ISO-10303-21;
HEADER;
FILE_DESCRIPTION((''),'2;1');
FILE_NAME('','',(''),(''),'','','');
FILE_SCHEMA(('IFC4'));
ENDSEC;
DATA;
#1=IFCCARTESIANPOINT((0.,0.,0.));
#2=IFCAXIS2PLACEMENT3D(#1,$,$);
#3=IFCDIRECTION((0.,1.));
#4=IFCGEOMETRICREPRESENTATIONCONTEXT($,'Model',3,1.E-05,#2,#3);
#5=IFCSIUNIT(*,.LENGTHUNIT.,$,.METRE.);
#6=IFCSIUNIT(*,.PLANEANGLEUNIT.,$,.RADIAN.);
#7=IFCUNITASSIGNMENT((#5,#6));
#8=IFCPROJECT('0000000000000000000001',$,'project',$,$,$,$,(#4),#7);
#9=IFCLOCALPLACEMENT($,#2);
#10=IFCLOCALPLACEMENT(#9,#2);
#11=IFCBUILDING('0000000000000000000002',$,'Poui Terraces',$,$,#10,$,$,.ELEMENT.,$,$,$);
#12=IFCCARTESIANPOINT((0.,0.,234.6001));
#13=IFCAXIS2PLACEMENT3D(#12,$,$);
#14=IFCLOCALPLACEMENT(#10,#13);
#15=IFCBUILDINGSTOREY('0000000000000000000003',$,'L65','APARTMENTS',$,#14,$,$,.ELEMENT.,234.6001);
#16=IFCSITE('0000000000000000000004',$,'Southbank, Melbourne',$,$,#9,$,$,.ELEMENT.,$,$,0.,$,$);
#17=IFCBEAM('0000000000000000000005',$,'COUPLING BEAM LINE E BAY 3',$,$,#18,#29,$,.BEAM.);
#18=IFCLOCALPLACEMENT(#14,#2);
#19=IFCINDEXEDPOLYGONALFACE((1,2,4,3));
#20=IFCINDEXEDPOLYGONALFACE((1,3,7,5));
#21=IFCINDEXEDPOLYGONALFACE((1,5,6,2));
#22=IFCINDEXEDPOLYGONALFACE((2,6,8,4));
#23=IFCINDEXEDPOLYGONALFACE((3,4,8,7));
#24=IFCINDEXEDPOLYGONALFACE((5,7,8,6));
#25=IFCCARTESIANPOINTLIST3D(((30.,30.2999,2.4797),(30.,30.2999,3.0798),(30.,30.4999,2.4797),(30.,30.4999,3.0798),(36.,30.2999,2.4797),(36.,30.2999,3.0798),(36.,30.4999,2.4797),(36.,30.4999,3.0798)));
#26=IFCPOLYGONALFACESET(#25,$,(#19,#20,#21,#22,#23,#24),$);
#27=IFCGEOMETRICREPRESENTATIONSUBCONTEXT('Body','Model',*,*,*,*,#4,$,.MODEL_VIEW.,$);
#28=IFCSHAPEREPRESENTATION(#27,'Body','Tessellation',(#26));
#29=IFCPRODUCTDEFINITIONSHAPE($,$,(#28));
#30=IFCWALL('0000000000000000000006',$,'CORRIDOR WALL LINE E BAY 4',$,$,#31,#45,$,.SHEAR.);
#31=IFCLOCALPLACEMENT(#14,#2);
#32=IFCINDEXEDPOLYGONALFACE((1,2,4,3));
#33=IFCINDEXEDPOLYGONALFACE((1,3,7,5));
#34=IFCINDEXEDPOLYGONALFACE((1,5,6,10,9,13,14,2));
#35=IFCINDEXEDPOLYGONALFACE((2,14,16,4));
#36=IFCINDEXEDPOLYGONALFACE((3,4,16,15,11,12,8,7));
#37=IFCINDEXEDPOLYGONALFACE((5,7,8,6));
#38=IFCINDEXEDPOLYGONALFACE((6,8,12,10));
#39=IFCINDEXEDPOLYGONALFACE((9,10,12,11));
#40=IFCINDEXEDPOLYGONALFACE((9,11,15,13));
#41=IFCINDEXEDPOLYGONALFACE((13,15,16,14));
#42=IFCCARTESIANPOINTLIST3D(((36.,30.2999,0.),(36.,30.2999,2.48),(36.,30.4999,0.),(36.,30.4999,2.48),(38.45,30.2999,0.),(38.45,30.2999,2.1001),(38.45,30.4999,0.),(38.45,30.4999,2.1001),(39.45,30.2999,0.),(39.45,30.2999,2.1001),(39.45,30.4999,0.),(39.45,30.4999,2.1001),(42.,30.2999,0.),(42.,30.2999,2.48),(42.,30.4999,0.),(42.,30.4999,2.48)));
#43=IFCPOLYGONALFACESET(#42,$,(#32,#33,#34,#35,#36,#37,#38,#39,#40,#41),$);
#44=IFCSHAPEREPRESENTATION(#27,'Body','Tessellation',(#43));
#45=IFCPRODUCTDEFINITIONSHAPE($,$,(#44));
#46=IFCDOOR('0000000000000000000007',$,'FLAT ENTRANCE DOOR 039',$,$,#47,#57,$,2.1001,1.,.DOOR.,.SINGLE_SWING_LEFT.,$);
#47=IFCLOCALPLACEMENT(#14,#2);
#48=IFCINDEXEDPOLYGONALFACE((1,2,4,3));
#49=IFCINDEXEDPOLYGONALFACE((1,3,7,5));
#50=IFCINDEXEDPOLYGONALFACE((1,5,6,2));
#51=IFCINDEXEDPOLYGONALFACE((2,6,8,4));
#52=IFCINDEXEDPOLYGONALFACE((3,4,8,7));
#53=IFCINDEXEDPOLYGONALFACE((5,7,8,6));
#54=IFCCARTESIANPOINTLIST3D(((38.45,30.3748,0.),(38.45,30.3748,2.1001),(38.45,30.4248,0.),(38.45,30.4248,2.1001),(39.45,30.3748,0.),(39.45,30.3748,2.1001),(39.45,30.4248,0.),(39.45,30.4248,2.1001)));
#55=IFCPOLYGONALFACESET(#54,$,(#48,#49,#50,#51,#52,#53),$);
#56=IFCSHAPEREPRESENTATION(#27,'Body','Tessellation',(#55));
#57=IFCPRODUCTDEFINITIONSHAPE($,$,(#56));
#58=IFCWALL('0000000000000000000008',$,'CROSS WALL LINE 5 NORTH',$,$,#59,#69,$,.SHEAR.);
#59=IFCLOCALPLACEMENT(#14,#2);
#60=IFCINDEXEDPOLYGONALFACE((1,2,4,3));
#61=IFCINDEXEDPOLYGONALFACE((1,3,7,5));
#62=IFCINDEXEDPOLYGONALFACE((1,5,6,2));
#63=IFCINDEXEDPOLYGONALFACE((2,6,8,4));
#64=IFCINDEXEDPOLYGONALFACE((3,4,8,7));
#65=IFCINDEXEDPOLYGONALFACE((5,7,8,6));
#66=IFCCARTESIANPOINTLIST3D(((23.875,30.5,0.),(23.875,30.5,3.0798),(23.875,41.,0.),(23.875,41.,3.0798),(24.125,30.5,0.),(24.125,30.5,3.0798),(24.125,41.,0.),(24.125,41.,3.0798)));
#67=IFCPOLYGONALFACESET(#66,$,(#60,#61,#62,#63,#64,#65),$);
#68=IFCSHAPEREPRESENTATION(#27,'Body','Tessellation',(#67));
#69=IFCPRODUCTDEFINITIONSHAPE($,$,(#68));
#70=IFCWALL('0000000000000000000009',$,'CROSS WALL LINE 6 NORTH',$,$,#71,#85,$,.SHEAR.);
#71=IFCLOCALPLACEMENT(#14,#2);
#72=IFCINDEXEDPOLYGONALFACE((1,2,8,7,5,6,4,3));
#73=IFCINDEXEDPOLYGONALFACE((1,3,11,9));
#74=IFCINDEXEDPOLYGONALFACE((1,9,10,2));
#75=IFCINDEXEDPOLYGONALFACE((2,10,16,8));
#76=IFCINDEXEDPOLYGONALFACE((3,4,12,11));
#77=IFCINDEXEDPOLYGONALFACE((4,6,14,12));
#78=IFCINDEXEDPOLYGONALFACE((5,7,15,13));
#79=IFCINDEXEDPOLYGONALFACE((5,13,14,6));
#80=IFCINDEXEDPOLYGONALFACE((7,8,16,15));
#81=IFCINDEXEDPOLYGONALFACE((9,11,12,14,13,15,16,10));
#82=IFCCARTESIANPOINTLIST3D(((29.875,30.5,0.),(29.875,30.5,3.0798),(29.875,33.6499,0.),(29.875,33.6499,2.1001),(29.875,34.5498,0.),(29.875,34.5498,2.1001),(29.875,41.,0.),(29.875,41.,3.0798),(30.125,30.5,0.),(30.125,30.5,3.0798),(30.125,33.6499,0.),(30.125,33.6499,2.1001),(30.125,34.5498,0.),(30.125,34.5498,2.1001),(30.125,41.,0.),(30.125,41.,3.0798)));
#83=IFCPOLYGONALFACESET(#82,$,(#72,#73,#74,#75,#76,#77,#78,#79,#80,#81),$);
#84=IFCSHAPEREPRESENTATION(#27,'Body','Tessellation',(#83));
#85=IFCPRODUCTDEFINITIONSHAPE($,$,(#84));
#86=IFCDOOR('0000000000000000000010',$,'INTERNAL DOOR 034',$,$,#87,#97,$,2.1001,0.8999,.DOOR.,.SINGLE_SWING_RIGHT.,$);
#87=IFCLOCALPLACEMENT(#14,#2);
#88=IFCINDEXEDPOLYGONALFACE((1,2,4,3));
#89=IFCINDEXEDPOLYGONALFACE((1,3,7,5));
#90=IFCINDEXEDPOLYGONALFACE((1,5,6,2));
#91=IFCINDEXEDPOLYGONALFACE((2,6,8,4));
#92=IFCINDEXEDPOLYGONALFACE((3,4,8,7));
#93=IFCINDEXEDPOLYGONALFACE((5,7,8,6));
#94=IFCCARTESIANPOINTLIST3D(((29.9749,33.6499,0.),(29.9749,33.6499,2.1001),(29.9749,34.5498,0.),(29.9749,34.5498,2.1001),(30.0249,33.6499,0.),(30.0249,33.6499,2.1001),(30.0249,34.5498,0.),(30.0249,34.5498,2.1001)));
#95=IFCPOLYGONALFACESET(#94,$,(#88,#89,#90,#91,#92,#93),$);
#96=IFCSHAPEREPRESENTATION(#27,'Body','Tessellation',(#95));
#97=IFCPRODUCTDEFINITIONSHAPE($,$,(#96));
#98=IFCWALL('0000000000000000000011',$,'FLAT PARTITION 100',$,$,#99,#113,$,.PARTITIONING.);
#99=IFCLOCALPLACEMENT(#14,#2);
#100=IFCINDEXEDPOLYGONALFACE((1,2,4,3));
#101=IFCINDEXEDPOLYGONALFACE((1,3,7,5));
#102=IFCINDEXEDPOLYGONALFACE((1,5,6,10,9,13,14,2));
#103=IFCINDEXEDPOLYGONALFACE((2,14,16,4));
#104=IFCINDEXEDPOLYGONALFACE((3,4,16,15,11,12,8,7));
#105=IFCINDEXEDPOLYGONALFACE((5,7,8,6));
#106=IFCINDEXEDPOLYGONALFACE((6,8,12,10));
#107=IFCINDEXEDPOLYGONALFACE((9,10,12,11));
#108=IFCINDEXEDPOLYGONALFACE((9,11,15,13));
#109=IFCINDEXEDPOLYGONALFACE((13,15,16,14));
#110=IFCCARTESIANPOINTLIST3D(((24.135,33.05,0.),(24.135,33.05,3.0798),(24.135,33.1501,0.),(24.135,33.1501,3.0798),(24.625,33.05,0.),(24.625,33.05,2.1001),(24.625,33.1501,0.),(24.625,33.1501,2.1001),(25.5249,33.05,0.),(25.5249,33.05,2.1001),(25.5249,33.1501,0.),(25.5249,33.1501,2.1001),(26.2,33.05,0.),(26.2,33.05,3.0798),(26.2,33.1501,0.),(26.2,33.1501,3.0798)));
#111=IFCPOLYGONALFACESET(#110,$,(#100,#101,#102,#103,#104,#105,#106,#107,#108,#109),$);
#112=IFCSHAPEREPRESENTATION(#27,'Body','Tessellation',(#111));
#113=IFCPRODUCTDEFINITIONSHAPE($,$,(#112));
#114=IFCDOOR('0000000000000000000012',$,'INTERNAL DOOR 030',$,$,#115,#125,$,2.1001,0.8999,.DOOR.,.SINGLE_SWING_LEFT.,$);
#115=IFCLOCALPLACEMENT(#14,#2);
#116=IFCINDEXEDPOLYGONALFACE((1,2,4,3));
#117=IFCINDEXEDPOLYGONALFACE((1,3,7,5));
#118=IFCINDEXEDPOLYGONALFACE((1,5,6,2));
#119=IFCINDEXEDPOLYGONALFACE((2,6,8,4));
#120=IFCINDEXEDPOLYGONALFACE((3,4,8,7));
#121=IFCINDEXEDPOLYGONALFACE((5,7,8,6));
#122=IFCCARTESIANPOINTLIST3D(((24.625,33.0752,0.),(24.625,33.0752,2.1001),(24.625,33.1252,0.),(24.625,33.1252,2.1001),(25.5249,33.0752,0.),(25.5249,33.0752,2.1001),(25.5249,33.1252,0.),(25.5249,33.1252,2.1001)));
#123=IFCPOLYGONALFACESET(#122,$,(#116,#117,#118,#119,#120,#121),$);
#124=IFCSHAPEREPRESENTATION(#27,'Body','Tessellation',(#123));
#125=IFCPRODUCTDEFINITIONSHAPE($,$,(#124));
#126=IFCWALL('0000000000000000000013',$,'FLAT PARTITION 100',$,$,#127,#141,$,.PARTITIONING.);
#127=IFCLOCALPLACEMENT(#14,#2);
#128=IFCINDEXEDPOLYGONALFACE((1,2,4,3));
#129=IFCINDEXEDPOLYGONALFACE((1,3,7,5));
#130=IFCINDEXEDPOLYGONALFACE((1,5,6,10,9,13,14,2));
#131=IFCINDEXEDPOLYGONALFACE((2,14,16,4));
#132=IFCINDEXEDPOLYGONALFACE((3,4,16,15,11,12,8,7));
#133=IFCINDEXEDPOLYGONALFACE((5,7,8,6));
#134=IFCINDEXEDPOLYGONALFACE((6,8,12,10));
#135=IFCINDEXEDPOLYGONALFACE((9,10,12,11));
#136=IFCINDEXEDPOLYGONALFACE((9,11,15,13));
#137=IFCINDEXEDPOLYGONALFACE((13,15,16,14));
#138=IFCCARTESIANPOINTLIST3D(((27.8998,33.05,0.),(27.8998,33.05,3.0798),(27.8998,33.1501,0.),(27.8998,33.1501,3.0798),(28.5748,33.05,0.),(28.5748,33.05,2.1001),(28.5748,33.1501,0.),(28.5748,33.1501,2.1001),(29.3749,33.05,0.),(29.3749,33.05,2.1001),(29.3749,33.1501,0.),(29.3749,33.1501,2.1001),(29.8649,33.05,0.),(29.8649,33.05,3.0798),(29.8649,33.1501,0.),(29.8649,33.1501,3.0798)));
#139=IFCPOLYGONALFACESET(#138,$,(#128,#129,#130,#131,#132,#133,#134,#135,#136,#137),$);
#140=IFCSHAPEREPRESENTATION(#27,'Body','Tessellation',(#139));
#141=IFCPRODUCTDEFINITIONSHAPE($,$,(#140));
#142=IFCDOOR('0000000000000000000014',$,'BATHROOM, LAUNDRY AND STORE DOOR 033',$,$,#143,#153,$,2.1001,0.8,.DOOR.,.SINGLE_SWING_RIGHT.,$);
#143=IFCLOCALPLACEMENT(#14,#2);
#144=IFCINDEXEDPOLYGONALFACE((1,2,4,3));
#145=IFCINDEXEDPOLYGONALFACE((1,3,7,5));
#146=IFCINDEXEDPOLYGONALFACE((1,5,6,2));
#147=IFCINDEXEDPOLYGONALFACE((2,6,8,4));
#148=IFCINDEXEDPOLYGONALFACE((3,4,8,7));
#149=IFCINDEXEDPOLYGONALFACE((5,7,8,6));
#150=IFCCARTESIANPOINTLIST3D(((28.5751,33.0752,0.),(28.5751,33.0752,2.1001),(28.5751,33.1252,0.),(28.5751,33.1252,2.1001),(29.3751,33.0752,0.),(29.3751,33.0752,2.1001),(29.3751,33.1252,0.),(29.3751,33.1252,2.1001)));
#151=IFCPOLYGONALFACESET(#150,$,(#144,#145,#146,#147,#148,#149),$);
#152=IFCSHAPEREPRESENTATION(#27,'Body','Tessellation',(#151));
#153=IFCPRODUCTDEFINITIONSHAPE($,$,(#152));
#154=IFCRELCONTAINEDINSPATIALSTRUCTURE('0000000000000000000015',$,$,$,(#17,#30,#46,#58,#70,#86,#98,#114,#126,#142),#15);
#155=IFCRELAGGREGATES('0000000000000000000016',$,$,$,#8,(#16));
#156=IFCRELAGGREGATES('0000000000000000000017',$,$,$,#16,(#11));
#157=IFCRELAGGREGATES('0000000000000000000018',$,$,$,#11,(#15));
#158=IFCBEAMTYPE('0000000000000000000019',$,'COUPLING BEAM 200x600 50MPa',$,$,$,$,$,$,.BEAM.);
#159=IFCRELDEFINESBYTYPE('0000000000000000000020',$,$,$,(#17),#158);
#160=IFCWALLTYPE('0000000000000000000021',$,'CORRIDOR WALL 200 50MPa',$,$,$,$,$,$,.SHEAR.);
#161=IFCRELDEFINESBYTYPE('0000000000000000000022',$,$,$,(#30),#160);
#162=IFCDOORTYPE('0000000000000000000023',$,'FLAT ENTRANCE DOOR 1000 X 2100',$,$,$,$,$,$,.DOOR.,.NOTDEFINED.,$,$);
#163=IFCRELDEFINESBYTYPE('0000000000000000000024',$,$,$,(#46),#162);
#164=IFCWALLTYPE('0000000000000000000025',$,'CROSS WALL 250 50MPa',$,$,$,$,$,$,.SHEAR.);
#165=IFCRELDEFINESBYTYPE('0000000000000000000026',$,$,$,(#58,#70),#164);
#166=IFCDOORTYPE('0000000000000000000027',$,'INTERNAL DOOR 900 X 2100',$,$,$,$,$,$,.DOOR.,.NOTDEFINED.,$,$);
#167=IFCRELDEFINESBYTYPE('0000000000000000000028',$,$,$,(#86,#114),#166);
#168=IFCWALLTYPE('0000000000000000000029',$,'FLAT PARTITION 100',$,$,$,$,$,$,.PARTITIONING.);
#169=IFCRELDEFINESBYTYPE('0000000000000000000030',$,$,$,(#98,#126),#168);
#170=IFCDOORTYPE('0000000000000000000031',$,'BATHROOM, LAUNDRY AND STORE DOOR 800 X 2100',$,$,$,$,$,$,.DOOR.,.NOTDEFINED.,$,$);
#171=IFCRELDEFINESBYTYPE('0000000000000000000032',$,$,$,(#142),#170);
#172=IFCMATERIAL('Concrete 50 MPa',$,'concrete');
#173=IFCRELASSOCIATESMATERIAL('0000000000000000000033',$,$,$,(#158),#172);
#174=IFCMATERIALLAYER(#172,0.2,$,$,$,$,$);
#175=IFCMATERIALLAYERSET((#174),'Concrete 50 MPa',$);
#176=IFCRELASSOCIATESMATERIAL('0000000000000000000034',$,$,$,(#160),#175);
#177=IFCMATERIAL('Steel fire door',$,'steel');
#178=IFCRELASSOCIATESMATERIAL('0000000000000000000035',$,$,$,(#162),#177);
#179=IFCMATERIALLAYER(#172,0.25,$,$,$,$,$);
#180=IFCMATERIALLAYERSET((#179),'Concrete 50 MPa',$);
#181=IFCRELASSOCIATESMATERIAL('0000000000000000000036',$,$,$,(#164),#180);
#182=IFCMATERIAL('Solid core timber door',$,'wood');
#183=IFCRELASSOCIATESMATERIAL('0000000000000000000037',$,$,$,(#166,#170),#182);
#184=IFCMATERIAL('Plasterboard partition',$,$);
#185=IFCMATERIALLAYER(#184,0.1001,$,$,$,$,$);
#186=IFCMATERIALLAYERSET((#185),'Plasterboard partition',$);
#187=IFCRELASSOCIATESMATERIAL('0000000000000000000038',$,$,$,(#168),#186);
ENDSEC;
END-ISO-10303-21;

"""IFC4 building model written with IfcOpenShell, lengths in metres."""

from ifc_helpers import new_model, si_unit, direction, frame, frame_2d, origin, origin_2d, place, context, subcontext, project, spatial, rectangle, extrude, source, transform, mapped, material, layer, layer_set, material_profile, profile_set, type_object, element, fill, save


model = new_model("IFC4")

# Units and contexts
model_context = context("Model", 3, precision=1e-05, world=origin(), true_north=direction((0.0, 1.0)))
body_context = subcontext(model_context, "Body", "Model", "MODEL_VIEW")
ifc_project = project(units=[si_unit("LENGTHUNIT", "METRE"), si_unit("PLANEANGLEUNIT", "RADIAN")], contexts=[model_context])

# Site, building, storey
site_placement = place(None, origin())
site = spatial("IfcSite", under=ifc_project, at=site_placement, Name="Southbank, Melbourne", CompositionType="ELEMENT", RefElevation=0.0)
building_placement = place(site_placement, origin())
building = spatial("IfcBuilding", under=site, at=building_placement, Name="Poui Terraces", CompositionType="ELEMENT")
storey_placement = place(building_placement, frame((0.0, 0.0, 234.6001)))
storey = spatial("IfcBuildingStorey", under=building, at=storey_placement, Name="L65", Description="APARTMENTS", CompositionType="ELEMENT", Elevation=234.6001)

# Beam
ifc_material_1 = material(Name="Concrete 50 MPa", Category="concrete")
ifc_material_profile_1 = material_profile(ifc_material_1, rectangle(XDim=0.2, YDim=0.6001, at=origin_2d()), Name="RC 200x600")
ifc_profile_set_1 = profile_set([ifc_material_profile_1], Name="Concrete 50 MPa")
beam_type = type_object("IfcBeamType", Name="COUPLING BEAM 200x600 50MPa", PredefinedType="BEAM", material=ifc_profile_set_1)
shared_shape_1 = source(origin(), body_context, "Body", "SweptSolid", [
    extrude(rectangle(XDim=0.2, YDim=0.6001, at=origin_2d()), origin(), (0.0, 0.0, 1.0), 6.0),
])
beam_placement = place(storey_placement, frame((30.0, 30.3999, 2.7798), z_axis=(1.0, 0.0, 0.0), x_axis=(0.0, 1.0, 0.0)))
element("IfcBeam", 1, at=beam_placement, inside=storey, type_object=beam_type, Name="COUPLING BEAM LINE E BAY 3", PredefinedType="BEAM", context=body_context, shape_type="MappedRepresentation", body=[
    mapped(shared_shape_1, transform((0.0, 0.0, 0.0))),
])

# Wall, opening, door
ifc_layer_1 = layer(ifc_material_1, 0.2)
ifc_layer_set_1 = layer_set([ifc_layer_1], Name="Concrete 50 MPa")
wall_type_1 = type_object("IfcWallType", Name="CORRIDOR WALL 200 50MPa", PredefinedType="SHEAR", material=ifc_layer_set_1)
wall_1_placement = place(storey_placement, frame((36.0, 30.3999, 0.0), z_axis=(0.0, 0.0, 1.0), x_axis=(1.0, 0.0, 0.0)))
wall_1 = element("IfcWall", 2, at=wall_1_placement, inside=storey, type_object=wall_type_1, Name="CORRIDOR WALL LINE E BAY 4", PredefinedType="SHEAR", context=body_context, shape_type="SweptSolid", body=[
    extrude(rectangle(XDim=6.0, YDim=0.2, at=frame_2d((3.0, 0.0))), origin(), (0.0, 0.0, 1.0), 2.48),
])
opening_1_placement = place(wall_1_placement, frame((2.45, 0.0, 0.0)))
opening_1 = element("IfcOpeningElement", 3, at=opening_1_placement, cuts=wall_1, PredefinedType="OPENING", context=body_context, shape_type="SweptSolid", body=[
    extrude(rectangle(XDim=1.0, YDim=2.1001, at=frame_2d((0.5, 1.05))), frame((0.0, 0.1099, 0.0), z_axis=(0.0, -1.0, 0.0), x_axis=(1.0, 0.0, 0.0)), (0.0, 0.0, 1.0), 0.22),
])
ifc_material_2 = material(Name="Steel fire door", Category="steel")
door_type_1 = type_object("IfcDoorType", Name="FLAT ENTRANCE DOOR 1000 X 2100", OperationType="NOTDEFINED", PredefinedType="DOOR", material=ifc_material_2)
door_1_placement = place(opening_1_placement, origin())
door_1 = element("IfcDoor", 4, at=door_1_placement, inside=storey, type_object=door_type_1, Name="FLAT ENTRANCE DOOR 039", OperationType="SINGLE_SWING_LEFT", OverallHeight=2.1001, OverallWidth=1.0, PredefinedType="DOOR", context=body_context, shape_type="SweptSolid", body=[
    extrude(rectangle(XDim=1.0, YDim=2.1001, at=frame_2d((0.5, 1.05))), frame((0.0, 0.0249, 0.0), z_axis=(0.0, -1.0, 0.0), x_axis=(1.0, 0.0, 0.0)), (0.0, 0.0, 1.0), 0.05),
])
fill(opening_1, door_1)

# Wall
ifc_layer_2 = layer(ifc_material_1, 0.25)
ifc_layer_set_2 = layer_set([ifc_layer_2], Name="Concrete 50 MPa")
wall_type_2 = type_object("IfcWallType", Name="CROSS WALL 250 50MPa", PredefinedType="SHEAR", material=ifc_layer_set_2)
wall_2_placement = place(storey_placement, frame((24.0, 30.5, 0.0), z_axis=(0.0, 0.0, 1.0), x_axis=(0.0, 1.0, 0.0)))
element("IfcWall", 5, at=wall_2_placement, inside=storey, type_object=wall_type_2, Name="CROSS WALL LINE 5 NORTH", PredefinedType="SHEAR", context=body_context, shape_type="SweptSolid", body=[
    extrude(rectangle(XDim=10.5, YDim=0.25, at=frame_2d((5.25, 0.0))), origin(), (0.0, 0.0, 1.0), 3.0798),
])

# Walls, openings, doors
wall_3_placement = place(storey_placement, frame((30.0, 30.5, 0.0), z_axis=(0.0, 0.0, 1.0), x_axis=(0.0, 1.0, 0.0)))
wall_3 = element("IfcWall", 6, at=wall_3_placement, inside=storey, type_object=wall_type_2, Name="CROSS WALL LINE 6 NORTH", PredefinedType="SHEAR", context=body_context, shape_type="SweptSolid", body=[
    extrude(rectangle(XDim=10.5, YDim=0.25, at=frame_2d((5.25, 0.0))), origin(), (0.0, 0.0, 1.0), 3.0798),
])
opening_2_placement = place(wall_3_placement, frame((3.1499, 0.0, 0.0)))
opening_2 = element("IfcOpeningElement", 7, at=opening_2_placement, cuts=wall_3, PredefinedType="OPENING", context=body_context, shape_type="SweptSolid", body=[
    extrude(rectangle(XDim=0.8999, YDim=2.1001, at=frame_2d((0.45, 1.05))), frame((0.0, 0.135, 0.0), z_axis=(0.0, -1.0, 0.0), x_axis=(1.0, 0.0, 0.0)), (0.0, 0.0, 1.0), 0.27),
])
ifc_material_3 = material(Name="Solid core timber door", Category="wood")
door_type_2 = type_object("IfcDoorType", Name="INTERNAL DOOR 900 X 2100", OperationType="NOTDEFINED", PredefinedType="DOOR", material=ifc_material_3)
door_2_placement = place(opening_2_placement, frame((0.8999, 0.0, 0.0), z_axis=(0.0, 0.0, 1.0), x_axis=(-1.0, 0.0, 0.0)))
door_2 = element("IfcDoor", 8, at=door_2_placement, inside=storey, type_object=door_type_2, Name="INTERNAL DOOR 034", OperationType="SINGLE_SWING_RIGHT", OverallHeight=2.1001, OverallWidth=0.8999, PredefinedType="DOOR", context=body_context, shape_type="SweptSolid", body=[
    extrude(rectangle(XDim=0.8999, YDim=2.1001, at=frame_2d((0.45, 1.05))), frame((0.0, 0.0249, 0.0), z_axis=(0.0, -1.0, 0.0), x_axis=(1.0, 0.0, 0.0)), (0.0, 0.0, 1.0), 0.05),
])
fill(opening_2, door_2)
ifc_material_4 = material(Name="Plasterboard partition")
ifc_layer_3 = layer(ifc_material_4, 0.1001)
ifc_layer_set_3 = layer_set([ifc_layer_3], Name="Plasterboard partition")
wall_type_3 = type_object("IfcWallType", Name="FLAT PARTITION 100", PredefinedType="PARTITIONING", material=ifc_layer_set_3)
wall_4_placement = place(storey_placement, frame((24.135, 33.1001, 0.0), z_axis=(0.0, 0.0, 1.0), x_axis=(1.0, 0.0, 0.0)))
wall_4 = element("IfcWall", 9, at=wall_4_placement, inside=storey, type_object=wall_type_3, Name="FLAT PARTITION 100", PredefinedType="PARTITIONING", context=body_context, shape_type="SweptSolid", body=[
    extrude(rectangle(XDim=2.0649, YDim=0.1001, at=frame_2d((1.0325, 0.0))), origin(), (0.0, 0.0, 1.0), 3.0798),
])
opening_3_placement = place(wall_4_placement, frame((0.49, 0.0, 0.0)))
opening_3 = element("IfcOpeningElement", 10, at=opening_3_placement, cuts=wall_4, PredefinedType="OPENING", context=body_context, shape_type="SweptSolid", body=[
    extrude(rectangle(XDim=0.8999, YDim=2.1001, at=frame_2d((0.45, 1.05))), frame((0.0, 0.0601, 0.0), z_axis=(0.0, -1.0, 0.0), x_axis=(1.0, 0.0, 0.0)), (0.0, 0.0, 1.0), 0.1201),
])
door_3_placement = place(opening_3_placement, frame((0.8999, 0.0, 0.0), z_axis=(0.0, 0.0, 1.0), x_axis=(-1.0, 0.0, 0.0)))
door_3 = element("IfcDoor", 11, at=door_3_placement, inside=storey, type_object=door_type_2, Name="INTERNAL DOOR 030", OperationType="SINGLE_SWING_LEFT", OverallHeight=2.1001, OverallWidth=0.8999, PredefinedType="DOOR", context=body_context, shape_type="SweptSolid", body=[
    extrude(rectangle(XDim=0.8999, YDim=2.1001, at=frame_2d((0.45, 1.05))), frame((0.0, 0.0249, 0.0), z_axis=(0.0, -1.0, 0.0), x_axis=(1.0, 0.0, 0.0)), (0.0, 0.0, 1.0), 0.05),
])
fill(opening_3, door_3)
wall_5_placement = place(storey_placement, frame((27.8999, 33.1001, 0.0), z_axis=(0.0, 0.0, 1.0), x_axis=(1.0, 0.0, 0.0)))
wall_5 = element("IfcWall", 12, at=wall_5_placement, inside=storey, type_object=wall_type_3, Name="FLAT PARTITION 100", PredefinedType="PARTITIONING", context=body_context, shape_type="SweptSolid", body=[
    extrude(rectangle(XDim=1.9651, YDim=0.1001, at=frame_2d((0.9824, 0.0))), origin(), (0.0, 0.0, 1.0), 3.0798),
])
opening_4_placement = place(wall_5_placement, frame((0.675, 0.0, 0.0)))
opening_4 = element("IfcOpeningElement", 13, at=opening_4_placement, cuts=wall_5, PredefinedType="OPENING", context=body_context, shape_type="SweptSolid", body=[
    extrude(rectangle(XDim=0.8, YDim=2.1001, at=frame_2d((0.3999, 1.05))), frame((0.0, 0.0601, 0.0), z_axis=(0.0, -1.0, 0.0), x_axis=(1.0, 0.0, 0.0)), (0.0, 0.0, 1.0), 0.1201),
])
door_type_3 = type_object("IfcDoorType", Name="BATHROOM, LAUNDRY AND STORE DOOR 800 X 2100", OperationType="NOTDEFINED", PredefinedType="DOOR", material=ifc_material_3)
door_4_placement = place(opening_4_placement, frame((0.8, 0.0, 0.0), z_axis=(0.0, 0.0, 1.0), x_axis=(-1.0, 0.0, 0.0)))
door_4 = element("IfcDoor", 14, at=door_4_placement, inside=storey, type_object=door_type_3, Name="BATHROOM, LAUNDRY AND STORE DOOR 033", OperationType="SINGLE_SWING_RIGHT", OverallHeight=2.1001, OverallWidth=0.8, PredefinedType="DOOR", context=body_context, shape_type="SweptSolid", body=[
    extrude(rectangle(XDim=0.8, YDim=2.1001, at=frame_2d((0.3999, 1.05))), frame((0.0, 0.0249, 0.0), z_axis=(0.0, -1.0, 0.0), x_axis=(1.0, 0.0, 0.0)), (0.0, 0.0, 1.0), 0.05),
])
fill(opening_4, door_4)

save(model, "model.ifc")
